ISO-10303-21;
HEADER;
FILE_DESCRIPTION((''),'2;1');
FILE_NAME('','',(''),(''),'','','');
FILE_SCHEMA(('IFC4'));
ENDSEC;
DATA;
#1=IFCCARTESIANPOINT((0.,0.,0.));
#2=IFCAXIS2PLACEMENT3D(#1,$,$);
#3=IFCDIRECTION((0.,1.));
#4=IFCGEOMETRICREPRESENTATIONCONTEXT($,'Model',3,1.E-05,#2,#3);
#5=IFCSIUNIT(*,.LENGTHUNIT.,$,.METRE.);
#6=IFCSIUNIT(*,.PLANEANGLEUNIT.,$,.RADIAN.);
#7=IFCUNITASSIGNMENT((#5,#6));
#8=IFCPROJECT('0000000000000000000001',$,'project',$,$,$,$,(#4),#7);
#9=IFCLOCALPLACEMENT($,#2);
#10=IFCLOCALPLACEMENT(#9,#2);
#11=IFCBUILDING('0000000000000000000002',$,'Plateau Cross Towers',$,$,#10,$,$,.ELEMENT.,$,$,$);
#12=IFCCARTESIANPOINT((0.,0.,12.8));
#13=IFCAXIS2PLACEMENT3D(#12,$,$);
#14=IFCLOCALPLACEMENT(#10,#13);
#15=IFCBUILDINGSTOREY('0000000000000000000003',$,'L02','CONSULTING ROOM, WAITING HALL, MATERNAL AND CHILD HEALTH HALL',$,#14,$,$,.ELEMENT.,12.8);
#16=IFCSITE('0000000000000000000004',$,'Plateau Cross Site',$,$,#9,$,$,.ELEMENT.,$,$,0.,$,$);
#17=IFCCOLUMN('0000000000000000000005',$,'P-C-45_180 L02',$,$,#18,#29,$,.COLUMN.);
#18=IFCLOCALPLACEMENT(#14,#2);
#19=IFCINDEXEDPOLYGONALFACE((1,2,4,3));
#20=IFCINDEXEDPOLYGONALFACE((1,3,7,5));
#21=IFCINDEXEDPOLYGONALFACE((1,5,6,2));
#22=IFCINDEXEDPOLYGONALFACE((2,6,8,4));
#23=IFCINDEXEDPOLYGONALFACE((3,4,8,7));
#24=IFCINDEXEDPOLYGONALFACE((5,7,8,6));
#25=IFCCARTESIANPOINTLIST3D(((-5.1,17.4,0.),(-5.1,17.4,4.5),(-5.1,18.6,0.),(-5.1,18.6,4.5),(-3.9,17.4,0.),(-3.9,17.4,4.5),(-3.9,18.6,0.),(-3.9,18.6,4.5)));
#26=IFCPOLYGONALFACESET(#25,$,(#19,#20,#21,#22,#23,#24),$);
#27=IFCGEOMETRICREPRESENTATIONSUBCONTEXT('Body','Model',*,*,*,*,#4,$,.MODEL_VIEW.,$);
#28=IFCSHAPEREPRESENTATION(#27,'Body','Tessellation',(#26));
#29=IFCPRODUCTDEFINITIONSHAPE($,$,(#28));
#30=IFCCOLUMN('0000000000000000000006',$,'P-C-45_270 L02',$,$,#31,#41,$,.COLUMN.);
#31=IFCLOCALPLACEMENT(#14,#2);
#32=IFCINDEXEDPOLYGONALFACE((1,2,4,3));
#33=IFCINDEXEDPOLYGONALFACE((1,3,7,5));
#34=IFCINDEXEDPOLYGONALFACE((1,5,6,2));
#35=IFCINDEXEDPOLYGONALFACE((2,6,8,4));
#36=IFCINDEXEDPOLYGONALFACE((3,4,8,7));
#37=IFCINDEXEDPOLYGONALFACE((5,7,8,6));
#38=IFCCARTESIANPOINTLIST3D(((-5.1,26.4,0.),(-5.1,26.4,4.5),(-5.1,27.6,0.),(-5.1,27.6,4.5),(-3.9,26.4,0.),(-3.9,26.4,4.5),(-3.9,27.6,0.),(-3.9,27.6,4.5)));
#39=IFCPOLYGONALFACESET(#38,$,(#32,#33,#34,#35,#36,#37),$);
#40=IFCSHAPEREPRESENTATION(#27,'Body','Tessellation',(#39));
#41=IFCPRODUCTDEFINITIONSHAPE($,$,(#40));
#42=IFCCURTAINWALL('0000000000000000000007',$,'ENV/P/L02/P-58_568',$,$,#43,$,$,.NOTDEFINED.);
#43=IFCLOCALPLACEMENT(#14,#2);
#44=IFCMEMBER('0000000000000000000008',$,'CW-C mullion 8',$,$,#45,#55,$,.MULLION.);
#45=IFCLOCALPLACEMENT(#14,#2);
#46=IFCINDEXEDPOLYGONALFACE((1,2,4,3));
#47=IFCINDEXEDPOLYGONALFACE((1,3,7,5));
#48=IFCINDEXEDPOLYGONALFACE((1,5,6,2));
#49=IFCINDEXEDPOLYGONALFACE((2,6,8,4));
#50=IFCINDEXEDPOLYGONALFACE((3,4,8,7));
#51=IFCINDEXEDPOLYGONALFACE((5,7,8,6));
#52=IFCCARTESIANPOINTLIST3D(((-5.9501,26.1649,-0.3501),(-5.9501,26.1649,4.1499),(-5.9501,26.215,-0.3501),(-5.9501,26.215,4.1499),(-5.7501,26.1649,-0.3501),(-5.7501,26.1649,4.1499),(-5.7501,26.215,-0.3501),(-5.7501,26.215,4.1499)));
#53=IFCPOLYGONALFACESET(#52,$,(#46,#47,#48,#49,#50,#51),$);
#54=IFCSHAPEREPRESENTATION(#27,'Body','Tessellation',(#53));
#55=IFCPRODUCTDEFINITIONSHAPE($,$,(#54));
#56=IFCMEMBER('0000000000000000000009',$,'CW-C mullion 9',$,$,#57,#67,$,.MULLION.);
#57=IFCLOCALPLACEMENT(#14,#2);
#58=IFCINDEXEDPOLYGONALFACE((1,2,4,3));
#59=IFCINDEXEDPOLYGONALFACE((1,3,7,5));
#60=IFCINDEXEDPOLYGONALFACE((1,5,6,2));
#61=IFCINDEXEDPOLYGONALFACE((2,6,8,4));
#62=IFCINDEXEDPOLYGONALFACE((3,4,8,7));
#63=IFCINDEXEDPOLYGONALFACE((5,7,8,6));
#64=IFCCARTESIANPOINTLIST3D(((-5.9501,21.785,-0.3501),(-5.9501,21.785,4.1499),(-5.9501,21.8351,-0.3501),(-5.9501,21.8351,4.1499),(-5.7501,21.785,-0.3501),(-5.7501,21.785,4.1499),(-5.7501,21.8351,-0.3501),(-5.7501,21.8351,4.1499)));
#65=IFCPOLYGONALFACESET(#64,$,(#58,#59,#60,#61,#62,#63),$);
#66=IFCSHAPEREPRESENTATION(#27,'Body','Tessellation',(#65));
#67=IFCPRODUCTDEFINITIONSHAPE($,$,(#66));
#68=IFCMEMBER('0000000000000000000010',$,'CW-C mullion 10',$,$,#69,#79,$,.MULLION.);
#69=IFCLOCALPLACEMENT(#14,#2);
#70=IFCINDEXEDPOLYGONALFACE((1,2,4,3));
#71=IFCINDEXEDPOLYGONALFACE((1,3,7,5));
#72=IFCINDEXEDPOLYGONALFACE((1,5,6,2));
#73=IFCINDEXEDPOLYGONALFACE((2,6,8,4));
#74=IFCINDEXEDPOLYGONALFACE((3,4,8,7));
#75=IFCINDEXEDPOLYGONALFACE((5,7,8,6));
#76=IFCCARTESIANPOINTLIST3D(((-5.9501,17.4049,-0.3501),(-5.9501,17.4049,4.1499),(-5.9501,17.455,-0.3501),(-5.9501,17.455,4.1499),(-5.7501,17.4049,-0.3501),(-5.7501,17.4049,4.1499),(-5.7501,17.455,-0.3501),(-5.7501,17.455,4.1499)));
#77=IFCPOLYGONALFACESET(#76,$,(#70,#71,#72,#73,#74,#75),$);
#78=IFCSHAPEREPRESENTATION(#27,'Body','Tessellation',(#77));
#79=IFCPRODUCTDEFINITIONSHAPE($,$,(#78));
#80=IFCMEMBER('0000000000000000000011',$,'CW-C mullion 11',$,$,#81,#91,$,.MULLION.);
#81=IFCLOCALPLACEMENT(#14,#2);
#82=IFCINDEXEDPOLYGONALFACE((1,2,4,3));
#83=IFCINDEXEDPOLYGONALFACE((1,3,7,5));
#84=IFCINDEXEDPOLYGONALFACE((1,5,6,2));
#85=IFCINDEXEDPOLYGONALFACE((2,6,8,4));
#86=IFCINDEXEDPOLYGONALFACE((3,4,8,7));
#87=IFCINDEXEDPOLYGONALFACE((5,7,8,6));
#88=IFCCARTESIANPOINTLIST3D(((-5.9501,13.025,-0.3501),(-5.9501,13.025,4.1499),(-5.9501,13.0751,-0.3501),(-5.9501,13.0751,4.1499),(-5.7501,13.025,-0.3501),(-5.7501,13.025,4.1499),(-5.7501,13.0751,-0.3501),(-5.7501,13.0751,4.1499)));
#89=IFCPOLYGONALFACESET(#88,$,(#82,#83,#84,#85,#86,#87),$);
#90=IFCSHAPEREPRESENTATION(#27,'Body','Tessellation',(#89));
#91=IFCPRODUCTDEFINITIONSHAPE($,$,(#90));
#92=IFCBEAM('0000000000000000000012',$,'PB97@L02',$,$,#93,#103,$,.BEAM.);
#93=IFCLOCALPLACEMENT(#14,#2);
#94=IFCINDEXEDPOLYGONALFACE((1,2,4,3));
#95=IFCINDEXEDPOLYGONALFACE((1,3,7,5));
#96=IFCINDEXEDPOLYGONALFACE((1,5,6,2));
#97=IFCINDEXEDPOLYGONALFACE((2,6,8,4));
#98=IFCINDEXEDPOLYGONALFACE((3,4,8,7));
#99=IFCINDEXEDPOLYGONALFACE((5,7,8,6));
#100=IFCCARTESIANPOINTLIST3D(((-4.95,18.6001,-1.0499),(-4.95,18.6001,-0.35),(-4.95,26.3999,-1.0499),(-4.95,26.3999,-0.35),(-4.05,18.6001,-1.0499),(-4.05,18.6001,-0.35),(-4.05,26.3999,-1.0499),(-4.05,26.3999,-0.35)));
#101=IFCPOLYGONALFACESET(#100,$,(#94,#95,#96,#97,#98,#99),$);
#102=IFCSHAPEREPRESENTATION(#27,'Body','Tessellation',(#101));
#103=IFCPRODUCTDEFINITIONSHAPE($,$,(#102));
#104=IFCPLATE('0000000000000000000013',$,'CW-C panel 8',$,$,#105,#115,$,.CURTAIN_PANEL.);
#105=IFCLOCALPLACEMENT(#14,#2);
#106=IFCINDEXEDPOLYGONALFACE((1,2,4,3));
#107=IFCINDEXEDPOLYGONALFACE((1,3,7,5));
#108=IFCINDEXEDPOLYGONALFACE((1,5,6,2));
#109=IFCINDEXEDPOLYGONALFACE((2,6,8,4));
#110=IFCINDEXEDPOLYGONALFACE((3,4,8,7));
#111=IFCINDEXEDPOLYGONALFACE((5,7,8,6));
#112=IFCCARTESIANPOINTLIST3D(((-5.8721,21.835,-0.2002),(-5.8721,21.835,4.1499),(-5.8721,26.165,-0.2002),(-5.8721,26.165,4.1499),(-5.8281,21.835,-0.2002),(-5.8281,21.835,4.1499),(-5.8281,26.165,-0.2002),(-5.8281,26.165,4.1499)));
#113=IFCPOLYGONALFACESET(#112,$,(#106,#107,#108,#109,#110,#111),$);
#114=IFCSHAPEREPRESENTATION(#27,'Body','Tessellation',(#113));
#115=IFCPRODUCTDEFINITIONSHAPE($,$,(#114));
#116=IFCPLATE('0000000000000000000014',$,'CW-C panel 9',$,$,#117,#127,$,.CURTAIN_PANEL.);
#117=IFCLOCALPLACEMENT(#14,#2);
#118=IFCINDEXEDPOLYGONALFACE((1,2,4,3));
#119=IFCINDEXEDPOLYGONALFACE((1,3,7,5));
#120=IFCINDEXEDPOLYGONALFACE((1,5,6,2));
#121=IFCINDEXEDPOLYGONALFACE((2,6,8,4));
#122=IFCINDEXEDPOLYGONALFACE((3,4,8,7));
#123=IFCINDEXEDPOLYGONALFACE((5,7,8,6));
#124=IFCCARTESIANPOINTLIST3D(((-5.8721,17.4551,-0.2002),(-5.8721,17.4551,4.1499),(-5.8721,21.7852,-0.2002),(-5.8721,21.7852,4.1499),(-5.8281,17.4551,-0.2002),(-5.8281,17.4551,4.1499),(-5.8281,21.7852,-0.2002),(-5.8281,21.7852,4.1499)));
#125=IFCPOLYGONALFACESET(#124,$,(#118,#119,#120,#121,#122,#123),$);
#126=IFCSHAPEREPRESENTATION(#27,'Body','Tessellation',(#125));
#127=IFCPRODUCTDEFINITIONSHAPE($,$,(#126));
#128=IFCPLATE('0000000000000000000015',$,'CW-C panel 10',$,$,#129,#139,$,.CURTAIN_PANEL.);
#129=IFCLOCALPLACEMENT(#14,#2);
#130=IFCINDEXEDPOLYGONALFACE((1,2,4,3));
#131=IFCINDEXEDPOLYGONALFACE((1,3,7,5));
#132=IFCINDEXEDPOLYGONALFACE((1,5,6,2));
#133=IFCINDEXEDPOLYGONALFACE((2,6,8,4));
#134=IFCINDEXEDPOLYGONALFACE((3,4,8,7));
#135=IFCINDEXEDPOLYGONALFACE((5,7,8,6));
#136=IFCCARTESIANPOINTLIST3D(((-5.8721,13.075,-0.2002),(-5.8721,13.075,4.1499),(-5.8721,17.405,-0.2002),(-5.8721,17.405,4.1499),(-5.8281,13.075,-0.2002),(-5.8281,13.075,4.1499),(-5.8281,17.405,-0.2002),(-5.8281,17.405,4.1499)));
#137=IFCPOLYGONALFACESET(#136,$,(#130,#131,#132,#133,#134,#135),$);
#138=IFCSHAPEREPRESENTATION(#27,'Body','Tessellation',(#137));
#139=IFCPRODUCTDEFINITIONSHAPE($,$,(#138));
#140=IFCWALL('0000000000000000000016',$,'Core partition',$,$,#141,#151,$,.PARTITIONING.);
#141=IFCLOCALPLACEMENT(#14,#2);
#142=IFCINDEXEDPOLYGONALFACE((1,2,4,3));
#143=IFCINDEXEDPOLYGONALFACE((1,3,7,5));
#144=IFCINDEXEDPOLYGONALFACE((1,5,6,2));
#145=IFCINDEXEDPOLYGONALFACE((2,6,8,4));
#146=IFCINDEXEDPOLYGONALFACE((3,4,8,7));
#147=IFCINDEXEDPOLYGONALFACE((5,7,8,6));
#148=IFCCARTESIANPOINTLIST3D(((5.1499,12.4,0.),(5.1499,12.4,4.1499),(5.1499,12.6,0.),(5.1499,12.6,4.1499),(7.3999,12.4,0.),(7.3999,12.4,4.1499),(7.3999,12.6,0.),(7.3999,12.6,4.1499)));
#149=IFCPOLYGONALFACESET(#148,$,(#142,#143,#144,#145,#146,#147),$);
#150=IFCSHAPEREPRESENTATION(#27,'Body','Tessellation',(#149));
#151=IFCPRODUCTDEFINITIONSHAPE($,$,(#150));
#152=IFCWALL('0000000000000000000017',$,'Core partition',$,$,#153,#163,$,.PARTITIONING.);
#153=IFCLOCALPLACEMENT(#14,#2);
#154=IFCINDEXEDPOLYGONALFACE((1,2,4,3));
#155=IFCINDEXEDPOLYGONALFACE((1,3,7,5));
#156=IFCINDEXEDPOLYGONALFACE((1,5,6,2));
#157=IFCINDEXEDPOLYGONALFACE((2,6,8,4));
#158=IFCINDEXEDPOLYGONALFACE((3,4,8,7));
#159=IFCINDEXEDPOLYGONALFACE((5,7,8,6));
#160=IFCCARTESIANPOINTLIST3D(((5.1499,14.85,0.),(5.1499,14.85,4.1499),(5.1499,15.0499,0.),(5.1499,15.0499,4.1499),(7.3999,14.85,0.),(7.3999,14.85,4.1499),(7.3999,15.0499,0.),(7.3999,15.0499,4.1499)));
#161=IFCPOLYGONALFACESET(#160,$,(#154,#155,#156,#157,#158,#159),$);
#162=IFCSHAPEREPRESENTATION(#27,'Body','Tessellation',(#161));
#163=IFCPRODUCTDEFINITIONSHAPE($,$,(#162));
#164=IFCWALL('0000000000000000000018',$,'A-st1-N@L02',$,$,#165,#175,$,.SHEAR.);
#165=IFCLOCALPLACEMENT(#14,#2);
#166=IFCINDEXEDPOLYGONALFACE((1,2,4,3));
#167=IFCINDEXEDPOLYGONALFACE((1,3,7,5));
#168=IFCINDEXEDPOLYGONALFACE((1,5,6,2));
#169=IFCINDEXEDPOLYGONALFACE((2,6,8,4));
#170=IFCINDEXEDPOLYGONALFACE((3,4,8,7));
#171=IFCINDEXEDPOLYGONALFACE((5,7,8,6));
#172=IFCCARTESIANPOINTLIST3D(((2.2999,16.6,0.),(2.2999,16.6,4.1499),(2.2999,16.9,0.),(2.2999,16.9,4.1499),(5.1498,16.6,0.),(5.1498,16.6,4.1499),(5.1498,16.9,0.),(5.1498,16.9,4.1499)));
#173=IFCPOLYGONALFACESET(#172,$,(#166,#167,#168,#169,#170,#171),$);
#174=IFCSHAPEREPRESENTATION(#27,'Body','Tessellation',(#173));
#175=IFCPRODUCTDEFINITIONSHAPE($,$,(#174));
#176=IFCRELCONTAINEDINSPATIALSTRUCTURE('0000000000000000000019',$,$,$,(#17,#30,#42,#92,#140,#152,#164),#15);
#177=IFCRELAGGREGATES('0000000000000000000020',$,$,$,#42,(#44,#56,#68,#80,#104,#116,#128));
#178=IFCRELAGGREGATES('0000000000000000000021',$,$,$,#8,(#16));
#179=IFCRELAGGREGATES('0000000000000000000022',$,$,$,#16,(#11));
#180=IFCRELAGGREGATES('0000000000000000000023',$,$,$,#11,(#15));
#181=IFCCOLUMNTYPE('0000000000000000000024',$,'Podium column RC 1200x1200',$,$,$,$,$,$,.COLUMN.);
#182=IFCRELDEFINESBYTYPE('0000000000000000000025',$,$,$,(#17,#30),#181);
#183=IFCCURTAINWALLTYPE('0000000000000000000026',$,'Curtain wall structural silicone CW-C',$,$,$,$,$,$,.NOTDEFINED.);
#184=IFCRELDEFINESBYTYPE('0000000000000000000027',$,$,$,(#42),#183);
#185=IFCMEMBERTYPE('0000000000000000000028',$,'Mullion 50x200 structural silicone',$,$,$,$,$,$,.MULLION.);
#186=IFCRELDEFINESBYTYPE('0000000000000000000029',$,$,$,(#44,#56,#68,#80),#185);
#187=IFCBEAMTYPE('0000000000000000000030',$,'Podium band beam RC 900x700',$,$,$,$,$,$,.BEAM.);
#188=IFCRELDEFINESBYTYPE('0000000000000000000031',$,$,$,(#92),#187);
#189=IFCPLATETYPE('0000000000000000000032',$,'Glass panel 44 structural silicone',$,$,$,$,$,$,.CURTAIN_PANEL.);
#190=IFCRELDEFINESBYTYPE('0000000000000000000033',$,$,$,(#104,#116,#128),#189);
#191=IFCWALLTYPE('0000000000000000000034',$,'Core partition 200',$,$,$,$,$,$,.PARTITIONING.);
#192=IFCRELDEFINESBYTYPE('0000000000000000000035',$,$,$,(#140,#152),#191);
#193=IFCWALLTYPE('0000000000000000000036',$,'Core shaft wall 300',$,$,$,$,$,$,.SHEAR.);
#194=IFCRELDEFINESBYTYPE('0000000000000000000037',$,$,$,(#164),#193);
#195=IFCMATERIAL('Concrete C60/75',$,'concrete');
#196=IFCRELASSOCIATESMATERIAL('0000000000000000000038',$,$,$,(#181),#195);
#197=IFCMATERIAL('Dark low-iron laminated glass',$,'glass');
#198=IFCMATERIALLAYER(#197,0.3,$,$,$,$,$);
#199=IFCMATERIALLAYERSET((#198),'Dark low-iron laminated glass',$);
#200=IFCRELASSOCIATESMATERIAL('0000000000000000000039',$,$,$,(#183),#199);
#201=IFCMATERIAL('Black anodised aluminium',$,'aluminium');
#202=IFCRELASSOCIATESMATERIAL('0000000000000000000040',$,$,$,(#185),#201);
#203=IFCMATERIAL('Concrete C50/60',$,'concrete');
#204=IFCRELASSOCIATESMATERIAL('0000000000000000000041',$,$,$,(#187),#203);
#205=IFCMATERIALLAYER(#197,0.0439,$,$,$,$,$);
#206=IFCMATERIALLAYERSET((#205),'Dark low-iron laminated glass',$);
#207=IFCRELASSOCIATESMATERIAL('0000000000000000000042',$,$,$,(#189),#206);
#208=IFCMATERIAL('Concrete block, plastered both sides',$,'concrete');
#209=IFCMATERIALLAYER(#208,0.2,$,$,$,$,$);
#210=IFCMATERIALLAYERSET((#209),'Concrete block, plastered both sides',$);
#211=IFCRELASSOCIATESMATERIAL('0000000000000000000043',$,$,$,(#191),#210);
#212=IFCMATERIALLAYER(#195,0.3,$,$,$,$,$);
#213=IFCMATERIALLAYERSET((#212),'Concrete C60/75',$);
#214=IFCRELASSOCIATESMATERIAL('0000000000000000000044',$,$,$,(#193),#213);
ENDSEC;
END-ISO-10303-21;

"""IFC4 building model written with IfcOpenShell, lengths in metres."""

from ifc_helpers import new_model, si_unit, direction, frame, frame_2d, origin, origin_2d, place, context, subcontext, project, spatial, rectangle, extrude, material, layer, layer_set, material_profile, profile_set, type_object, element, aggregate, save


model = new_model("IFC4")

# Units and contexts
model_context = context("Model", 3, precision=1e-05, world=origin(), true_north=direction((0.0, 1.0)))
body_context = subcontext(model_context, "Body", "Model", "MODEL_VIEW")
ifc_project = project(units=[si_unit("LENGTHUNIT", "METRE"), si_unit("PLANEANGLEUNIT", "RADIAN")], contexts=[model_context])

# Site, building, storey
site_placement = place(None, origin())
site = spatial("IfcSite", under=ifc_project, at=site_placement, Name="Plateau Cross Site", CompositionType="ELEMENT", RefElevation=0.0)
building_placement = place(site_placement, origin())
building = spatial("IfcBuilding", under=site, at=building_placement, Name="Plateau Cross Towers", CompositionType="ELEMENT")
storey_placement = place(building_placement, frame((0.0, 0.0, 12.8)))
storey = spatial("IfcBuildingStorey", under=building, at=storey_placement, Name="L02", Description="CONSULTING ROOM, WAITING HALL, MATERNAL AND CHILD HEALTH HALL", CompositionType="ELEMENT", Elevation=12.8)

# Columns
ifc_material_1 = material(Name="Concrete C60/75", Category="concrete")
ifc_material_profile_1 = material_profile(ifc_material_1, rectangle(XDim=1.2, YDim=1.2, at=origin_2d()), Name="RC 1200x1200")
ifc_profile_set_1 = profile_set([ifc_material_profile_1], Name="Concrete C60/75")
column_type = type_object("IfcColumnType", Name="Podium column RC 1200x1200", PredefinedType="COLUMN", material=ifc_profile_set_1)
for number, where, z_axis, x_axis, name in (
    (1, (-4.5, 18.0, 0.0), (0.0, 0.0, 1.0), (1.0, 0.0, 0.0), "P-C-45_180 L02"),
    (2, (-4.5, 27.0, 0.0), (0.0, 0.0, 1.0), (1.0, 0.0, 0.0), "P-C-45_270 L02"),
):
    element("IfcColumn", number, at=place(storey_placement, frame(where, z_axis=z_axis, x_axis=x_axis)), inside=storey, type_object=column_type, Name=name, PredefinedType="COLUMN", context=body_context, shape_type="SweptSolid", body=[
        extrude(rectangle(XDim=1.2, YDim=1.2, at=origin_2d()), origin(), (0.0, 0.0, 1.0), 4.5),
    ])

# Curtain wall, members
ifc_material_2 = material(Name="Dark low-iron laminated glass", Category="glass")
ifc_layer_1 = layer(ifc_material_2, 0.3)
ifc_layer_set_1 = layer_set([ifc_layer_1], Name="Dark low-iron laminated glass")
curtain_wall_type = type_object("IfcCurtainWallType", Name="Curtain wall structural silicone CW-C", PredefinedType="NOTDEFINED", material=ifc_layer_set_1)
curtain_wall_placement = place(storey_placement, origin())
curtain_wall = element("IfcCurtainWall", 3, at=curtain_wall_placement, inside=storey, type_object=curtain_wall_type, Name="ENV/P/L02/P-58_568", PredefinedType="NOTDEFINED")
ifc_material_3 = material(Name="Black anodised aluminium", Category="aluminium")
ifc_material_profile_2 = material_profile(ifc_material_3, rectangle(XDim=0.05, YDim=0.2, at=origin_2d()), Name="MULLION 50x200")
ifc_profile_set_2 = profile_set([ifc_material_profile_2], Name="Black anodised aluminium")
member_type = type_object("IfcMemberType", Name="Mullion 50x200 structural silicone", PredefinedType="MULLION", material=ifc_profile_set_2)
member_1_placement = place(storey_placement, frame((-5.8501, 26.1899, -0.3501), z_axis=(0.0, 0.0, 1.0), x_axis=(0.0, -1.0, 0.0)))
member_1 = element("IfcMember", 4, at=member_1_placement, type_object=member_type, Name="CW-C mullion 8", PredefinedType="MULLION", context=body_context, shape_type="SweptSolid", body=[
    extrude(rectangle(XDim=0.05, YDim=0.2, at=origin_2d()), origin(), (0.0, 0.0, 1.0), 4.5),
])
member_2_placement = place(storey_placement, frame((-5.8501, 21.8101, -0.3501), z_axis=(0.0, 0.0, 1.0), x_axis=(0.0, -1.0, 0.0)))
member_2 = element("IfcMember", 5, at=member_2_placement, type_object=member_type, Name="CW-C mullion 9", PredefinedType="MULLION", context=body_context, shape_type="SweptSolid", body=[
    extrude(rectangle(XDim=0.05, YDim=0.2, at=origin_2d()), origin(), (0.0, 0.0, 1.0), 4.5),
])
member_3_placement = place(storey_placement, frame((-5.8501, 17.4299, -0.3501), z_axis=(0.0, 0.0, 1.0), x_axis=(0.0, -1.0, 0.0)))
member_3 = element("IfcMember", 6, at=member_3_placement, type_object=member_type, Name="CW-C mullion 10", PredefinedType="MULLION", context=body_context, shape_type="SweptSolid", body=[
    extrude(rectangle(XDim=0.05, YDim=0.2, at=origin_2d()), origin(), (0.0, 0.0, 1.0), 4.5),
])
member_4_placement = place(storey_placement, frame((-5.8501, 13.05, -0.3501), z_axis=(0.0, 0.0, 1.0), x_axis=(0.0, -1.0, 0.0)))
member_4 = element("IfcMember", 7, at=member_4_placement, type_object=member_type, Name="CW-C mullion 11", PredefinedType="MULLION", context=body_context, shape_type="SweptSolid", body=[
    extrude(rectangle(XDim=0.05, YDim=0.2, at=origin_2d()), origin(), (0.0, 0.0, 1.0), 4.5),
])

# Beam
ifc_material_4 = material(Name="Concrete C50/60", Category="concrete")
ifc_material_profile_3 = material_profile(ifc_material_4, rectangle(XDim=0.8999, YDim=0.7, at=origin_2d()), Name="RC 900x700")
ifc_profile_set_3 = profile_set([ifc_material_profile_3], Name="Concrete C50/60")
beam_type = type_object("IfcBeamType", Name="Podium band beam RC 900x700", PredefinedType="BEAM", material=ifc_profile_set_3)
beam_placement = place(storey_placement, frame((-4.5, 18.6001, -0.7), z_axis=(0.0, 1.0, 0.0), x_axis=(-1.0, 0.0, 0.0)))
element("IfcBeam", 8, at=beam_placement, inside=storey, type_object=beam_type, Name="PB97@L02", PredefinedType="BEAM", context=body_context, shape_type="SweptSolid", body=[
    extrude(rectangle(XDim=0.8999, YDim=0.7, at=origin_2d()), origin(), (0.0, 0.0, 1.0), 7.7998),
])

# Plates
ifc_layer_2 = layer(ifc_material_2, 0.0439)
ifc_layer_set_2 = layer_set([ifc_layer_2], Name="Dark low-iron laminated glass")
plate_type = type_object("IfcPlateType", Name="Glass panel 44 structural silicone", PredefinedType="CURTAIN_PANEL", material=ifc_layer_set_2)
plate_1_placement = place(storey_placement, frame((-5.8501, 24.0, -0.2002), z_axis=(0.0, 0.0, 1.0), x_axis=(0.0, -1.0, 0.0)))
plate_1 = element("IfcPlate", 9, at=plate_1_placement, type_object=plate_type, Name="CW-C panel 8", PredefinedType="CURTAIN_PANEL", context=body_context, shape_type="SweptSolid", body=[
    extrude(rectangle(XDim=4.3301, YDim=0.0439, at=origin_2d()), origin(), (0.0, 0.0, 1.0), 4.3501),
])
plate_2_placement = place(storey_placement, frame((-5.8501, 19.6201, -0.2002), z_axis=(0.0, 0.0, 1.0), x_axis=(0.0, -1.0, 0.0)))
plate_2 = element("IfcPlate", 10, at=plate_2_placement, type_object=plate_type, Name="CW-C panel 9", PredefinedType="CURTAIN_PANEL", context=body_context, shape_type="SweptSolid", body=[
    extrude(rectangle(XDim=4.3301, YDim=0.0439, at=origin_2d()), origin(), (0.0, 0.0, 1.0), 4.3501),
])
plate_3_placement = place(storey_placement, frame((-5.8501, 15.24, -0.2002), z_axis=(0.0, 0.0, 1.0), x_axis=(0.0, -1.0, 0.0)))
plate_3 = element("IfcPlate", 11, at=plate_3_placement, type_object=plate_type, Name="CW-C panel 10", PredefinedType="CURTAIN_PANEL", context=body_context, shape_type="SweptSolid", body=[
    extrude(rectangle(XDim=4.3301, YDim=0.0439, at=origin_2d()), origin(), (0.0, 0.0, 1.0), 4.3501),
])
aggregate(curtain_wall, [member_1, member_2, member_3, member_4, plate_1, plate_2, plate_3])

# Walls
ifc_material_5 = material(Name="Concrete block, plastered both sides", Category="concrete")
ifc_layer_3 = layer(ifc_material_5, 0.2)
ifc_layer_set_3 = layer_set([ifc_layer_3], Name="Concrete block, plastered both sides")
wall_type_1 = type_object("IfcWallType", Name="Core partition 200", PredefinedType="PARTITIONING", material=ifc_layer_set_3)
for number, where, z_axis, x_axis, name in (
    (12, (5.1499, 12.5, 0.0), (0.0, 0.0, 1.0), (1.0, 0.0, 0.0), "Core partition"),
    (13, (5.1499, 14.95, 0.0), (0.0, 0.0, 1.0), (1.0, 0.0, 0.0), "Core partition"),
):
    element("IfcWall", number, at=place(storey_placement, frame(where, z_axis=z_axis, x_axis=x_axis)), inside=storey, type_object=wall_type_1, Name=name, PredefinedType="PARTITIONING", context=body_context, shape_type="SweptSolid", body=[
        extrude(rectangle(XDim=2.25, YDim=0.2, at=frame_2d((1.125, 0.0))), origin(), (0.0, 0.0, 1.0), 4.1499),
    ])
ifc_layer_4 = layer(ifc_material_1, 0.3)
ifc_layer_set_4 = layer_set([ifc_layer_4], Name="Concrete C60/75")
wall_type_2 = type_object("IfcWallType", Name="Core shaft wall 300", PredefinedType="SHEAR", material=ifc_layer_set_4)
wall_1_placement = place(storey_placement, frame((2.3, 16.75, 0.0), z_axis=(0.0, 0.0, 1.0), x_axis=(1.0, 0.0, 0.0)))
element("IfcWall", 14, at=wall_1_placement, inside=storey, type_object=wall_type_2, Name="A-st1-N@L02", PredefinedType="SHEAR", context=body_context, shape_type="SweptSolid", body=[
    extrude(rectangle(XDim=2.8499, YDim=0.3, at=frame_2d((1.4248, 0.0))), origin(), (0.0, 0.0, 1.0), 4.1499),
])

save(model, "model.ifc")
